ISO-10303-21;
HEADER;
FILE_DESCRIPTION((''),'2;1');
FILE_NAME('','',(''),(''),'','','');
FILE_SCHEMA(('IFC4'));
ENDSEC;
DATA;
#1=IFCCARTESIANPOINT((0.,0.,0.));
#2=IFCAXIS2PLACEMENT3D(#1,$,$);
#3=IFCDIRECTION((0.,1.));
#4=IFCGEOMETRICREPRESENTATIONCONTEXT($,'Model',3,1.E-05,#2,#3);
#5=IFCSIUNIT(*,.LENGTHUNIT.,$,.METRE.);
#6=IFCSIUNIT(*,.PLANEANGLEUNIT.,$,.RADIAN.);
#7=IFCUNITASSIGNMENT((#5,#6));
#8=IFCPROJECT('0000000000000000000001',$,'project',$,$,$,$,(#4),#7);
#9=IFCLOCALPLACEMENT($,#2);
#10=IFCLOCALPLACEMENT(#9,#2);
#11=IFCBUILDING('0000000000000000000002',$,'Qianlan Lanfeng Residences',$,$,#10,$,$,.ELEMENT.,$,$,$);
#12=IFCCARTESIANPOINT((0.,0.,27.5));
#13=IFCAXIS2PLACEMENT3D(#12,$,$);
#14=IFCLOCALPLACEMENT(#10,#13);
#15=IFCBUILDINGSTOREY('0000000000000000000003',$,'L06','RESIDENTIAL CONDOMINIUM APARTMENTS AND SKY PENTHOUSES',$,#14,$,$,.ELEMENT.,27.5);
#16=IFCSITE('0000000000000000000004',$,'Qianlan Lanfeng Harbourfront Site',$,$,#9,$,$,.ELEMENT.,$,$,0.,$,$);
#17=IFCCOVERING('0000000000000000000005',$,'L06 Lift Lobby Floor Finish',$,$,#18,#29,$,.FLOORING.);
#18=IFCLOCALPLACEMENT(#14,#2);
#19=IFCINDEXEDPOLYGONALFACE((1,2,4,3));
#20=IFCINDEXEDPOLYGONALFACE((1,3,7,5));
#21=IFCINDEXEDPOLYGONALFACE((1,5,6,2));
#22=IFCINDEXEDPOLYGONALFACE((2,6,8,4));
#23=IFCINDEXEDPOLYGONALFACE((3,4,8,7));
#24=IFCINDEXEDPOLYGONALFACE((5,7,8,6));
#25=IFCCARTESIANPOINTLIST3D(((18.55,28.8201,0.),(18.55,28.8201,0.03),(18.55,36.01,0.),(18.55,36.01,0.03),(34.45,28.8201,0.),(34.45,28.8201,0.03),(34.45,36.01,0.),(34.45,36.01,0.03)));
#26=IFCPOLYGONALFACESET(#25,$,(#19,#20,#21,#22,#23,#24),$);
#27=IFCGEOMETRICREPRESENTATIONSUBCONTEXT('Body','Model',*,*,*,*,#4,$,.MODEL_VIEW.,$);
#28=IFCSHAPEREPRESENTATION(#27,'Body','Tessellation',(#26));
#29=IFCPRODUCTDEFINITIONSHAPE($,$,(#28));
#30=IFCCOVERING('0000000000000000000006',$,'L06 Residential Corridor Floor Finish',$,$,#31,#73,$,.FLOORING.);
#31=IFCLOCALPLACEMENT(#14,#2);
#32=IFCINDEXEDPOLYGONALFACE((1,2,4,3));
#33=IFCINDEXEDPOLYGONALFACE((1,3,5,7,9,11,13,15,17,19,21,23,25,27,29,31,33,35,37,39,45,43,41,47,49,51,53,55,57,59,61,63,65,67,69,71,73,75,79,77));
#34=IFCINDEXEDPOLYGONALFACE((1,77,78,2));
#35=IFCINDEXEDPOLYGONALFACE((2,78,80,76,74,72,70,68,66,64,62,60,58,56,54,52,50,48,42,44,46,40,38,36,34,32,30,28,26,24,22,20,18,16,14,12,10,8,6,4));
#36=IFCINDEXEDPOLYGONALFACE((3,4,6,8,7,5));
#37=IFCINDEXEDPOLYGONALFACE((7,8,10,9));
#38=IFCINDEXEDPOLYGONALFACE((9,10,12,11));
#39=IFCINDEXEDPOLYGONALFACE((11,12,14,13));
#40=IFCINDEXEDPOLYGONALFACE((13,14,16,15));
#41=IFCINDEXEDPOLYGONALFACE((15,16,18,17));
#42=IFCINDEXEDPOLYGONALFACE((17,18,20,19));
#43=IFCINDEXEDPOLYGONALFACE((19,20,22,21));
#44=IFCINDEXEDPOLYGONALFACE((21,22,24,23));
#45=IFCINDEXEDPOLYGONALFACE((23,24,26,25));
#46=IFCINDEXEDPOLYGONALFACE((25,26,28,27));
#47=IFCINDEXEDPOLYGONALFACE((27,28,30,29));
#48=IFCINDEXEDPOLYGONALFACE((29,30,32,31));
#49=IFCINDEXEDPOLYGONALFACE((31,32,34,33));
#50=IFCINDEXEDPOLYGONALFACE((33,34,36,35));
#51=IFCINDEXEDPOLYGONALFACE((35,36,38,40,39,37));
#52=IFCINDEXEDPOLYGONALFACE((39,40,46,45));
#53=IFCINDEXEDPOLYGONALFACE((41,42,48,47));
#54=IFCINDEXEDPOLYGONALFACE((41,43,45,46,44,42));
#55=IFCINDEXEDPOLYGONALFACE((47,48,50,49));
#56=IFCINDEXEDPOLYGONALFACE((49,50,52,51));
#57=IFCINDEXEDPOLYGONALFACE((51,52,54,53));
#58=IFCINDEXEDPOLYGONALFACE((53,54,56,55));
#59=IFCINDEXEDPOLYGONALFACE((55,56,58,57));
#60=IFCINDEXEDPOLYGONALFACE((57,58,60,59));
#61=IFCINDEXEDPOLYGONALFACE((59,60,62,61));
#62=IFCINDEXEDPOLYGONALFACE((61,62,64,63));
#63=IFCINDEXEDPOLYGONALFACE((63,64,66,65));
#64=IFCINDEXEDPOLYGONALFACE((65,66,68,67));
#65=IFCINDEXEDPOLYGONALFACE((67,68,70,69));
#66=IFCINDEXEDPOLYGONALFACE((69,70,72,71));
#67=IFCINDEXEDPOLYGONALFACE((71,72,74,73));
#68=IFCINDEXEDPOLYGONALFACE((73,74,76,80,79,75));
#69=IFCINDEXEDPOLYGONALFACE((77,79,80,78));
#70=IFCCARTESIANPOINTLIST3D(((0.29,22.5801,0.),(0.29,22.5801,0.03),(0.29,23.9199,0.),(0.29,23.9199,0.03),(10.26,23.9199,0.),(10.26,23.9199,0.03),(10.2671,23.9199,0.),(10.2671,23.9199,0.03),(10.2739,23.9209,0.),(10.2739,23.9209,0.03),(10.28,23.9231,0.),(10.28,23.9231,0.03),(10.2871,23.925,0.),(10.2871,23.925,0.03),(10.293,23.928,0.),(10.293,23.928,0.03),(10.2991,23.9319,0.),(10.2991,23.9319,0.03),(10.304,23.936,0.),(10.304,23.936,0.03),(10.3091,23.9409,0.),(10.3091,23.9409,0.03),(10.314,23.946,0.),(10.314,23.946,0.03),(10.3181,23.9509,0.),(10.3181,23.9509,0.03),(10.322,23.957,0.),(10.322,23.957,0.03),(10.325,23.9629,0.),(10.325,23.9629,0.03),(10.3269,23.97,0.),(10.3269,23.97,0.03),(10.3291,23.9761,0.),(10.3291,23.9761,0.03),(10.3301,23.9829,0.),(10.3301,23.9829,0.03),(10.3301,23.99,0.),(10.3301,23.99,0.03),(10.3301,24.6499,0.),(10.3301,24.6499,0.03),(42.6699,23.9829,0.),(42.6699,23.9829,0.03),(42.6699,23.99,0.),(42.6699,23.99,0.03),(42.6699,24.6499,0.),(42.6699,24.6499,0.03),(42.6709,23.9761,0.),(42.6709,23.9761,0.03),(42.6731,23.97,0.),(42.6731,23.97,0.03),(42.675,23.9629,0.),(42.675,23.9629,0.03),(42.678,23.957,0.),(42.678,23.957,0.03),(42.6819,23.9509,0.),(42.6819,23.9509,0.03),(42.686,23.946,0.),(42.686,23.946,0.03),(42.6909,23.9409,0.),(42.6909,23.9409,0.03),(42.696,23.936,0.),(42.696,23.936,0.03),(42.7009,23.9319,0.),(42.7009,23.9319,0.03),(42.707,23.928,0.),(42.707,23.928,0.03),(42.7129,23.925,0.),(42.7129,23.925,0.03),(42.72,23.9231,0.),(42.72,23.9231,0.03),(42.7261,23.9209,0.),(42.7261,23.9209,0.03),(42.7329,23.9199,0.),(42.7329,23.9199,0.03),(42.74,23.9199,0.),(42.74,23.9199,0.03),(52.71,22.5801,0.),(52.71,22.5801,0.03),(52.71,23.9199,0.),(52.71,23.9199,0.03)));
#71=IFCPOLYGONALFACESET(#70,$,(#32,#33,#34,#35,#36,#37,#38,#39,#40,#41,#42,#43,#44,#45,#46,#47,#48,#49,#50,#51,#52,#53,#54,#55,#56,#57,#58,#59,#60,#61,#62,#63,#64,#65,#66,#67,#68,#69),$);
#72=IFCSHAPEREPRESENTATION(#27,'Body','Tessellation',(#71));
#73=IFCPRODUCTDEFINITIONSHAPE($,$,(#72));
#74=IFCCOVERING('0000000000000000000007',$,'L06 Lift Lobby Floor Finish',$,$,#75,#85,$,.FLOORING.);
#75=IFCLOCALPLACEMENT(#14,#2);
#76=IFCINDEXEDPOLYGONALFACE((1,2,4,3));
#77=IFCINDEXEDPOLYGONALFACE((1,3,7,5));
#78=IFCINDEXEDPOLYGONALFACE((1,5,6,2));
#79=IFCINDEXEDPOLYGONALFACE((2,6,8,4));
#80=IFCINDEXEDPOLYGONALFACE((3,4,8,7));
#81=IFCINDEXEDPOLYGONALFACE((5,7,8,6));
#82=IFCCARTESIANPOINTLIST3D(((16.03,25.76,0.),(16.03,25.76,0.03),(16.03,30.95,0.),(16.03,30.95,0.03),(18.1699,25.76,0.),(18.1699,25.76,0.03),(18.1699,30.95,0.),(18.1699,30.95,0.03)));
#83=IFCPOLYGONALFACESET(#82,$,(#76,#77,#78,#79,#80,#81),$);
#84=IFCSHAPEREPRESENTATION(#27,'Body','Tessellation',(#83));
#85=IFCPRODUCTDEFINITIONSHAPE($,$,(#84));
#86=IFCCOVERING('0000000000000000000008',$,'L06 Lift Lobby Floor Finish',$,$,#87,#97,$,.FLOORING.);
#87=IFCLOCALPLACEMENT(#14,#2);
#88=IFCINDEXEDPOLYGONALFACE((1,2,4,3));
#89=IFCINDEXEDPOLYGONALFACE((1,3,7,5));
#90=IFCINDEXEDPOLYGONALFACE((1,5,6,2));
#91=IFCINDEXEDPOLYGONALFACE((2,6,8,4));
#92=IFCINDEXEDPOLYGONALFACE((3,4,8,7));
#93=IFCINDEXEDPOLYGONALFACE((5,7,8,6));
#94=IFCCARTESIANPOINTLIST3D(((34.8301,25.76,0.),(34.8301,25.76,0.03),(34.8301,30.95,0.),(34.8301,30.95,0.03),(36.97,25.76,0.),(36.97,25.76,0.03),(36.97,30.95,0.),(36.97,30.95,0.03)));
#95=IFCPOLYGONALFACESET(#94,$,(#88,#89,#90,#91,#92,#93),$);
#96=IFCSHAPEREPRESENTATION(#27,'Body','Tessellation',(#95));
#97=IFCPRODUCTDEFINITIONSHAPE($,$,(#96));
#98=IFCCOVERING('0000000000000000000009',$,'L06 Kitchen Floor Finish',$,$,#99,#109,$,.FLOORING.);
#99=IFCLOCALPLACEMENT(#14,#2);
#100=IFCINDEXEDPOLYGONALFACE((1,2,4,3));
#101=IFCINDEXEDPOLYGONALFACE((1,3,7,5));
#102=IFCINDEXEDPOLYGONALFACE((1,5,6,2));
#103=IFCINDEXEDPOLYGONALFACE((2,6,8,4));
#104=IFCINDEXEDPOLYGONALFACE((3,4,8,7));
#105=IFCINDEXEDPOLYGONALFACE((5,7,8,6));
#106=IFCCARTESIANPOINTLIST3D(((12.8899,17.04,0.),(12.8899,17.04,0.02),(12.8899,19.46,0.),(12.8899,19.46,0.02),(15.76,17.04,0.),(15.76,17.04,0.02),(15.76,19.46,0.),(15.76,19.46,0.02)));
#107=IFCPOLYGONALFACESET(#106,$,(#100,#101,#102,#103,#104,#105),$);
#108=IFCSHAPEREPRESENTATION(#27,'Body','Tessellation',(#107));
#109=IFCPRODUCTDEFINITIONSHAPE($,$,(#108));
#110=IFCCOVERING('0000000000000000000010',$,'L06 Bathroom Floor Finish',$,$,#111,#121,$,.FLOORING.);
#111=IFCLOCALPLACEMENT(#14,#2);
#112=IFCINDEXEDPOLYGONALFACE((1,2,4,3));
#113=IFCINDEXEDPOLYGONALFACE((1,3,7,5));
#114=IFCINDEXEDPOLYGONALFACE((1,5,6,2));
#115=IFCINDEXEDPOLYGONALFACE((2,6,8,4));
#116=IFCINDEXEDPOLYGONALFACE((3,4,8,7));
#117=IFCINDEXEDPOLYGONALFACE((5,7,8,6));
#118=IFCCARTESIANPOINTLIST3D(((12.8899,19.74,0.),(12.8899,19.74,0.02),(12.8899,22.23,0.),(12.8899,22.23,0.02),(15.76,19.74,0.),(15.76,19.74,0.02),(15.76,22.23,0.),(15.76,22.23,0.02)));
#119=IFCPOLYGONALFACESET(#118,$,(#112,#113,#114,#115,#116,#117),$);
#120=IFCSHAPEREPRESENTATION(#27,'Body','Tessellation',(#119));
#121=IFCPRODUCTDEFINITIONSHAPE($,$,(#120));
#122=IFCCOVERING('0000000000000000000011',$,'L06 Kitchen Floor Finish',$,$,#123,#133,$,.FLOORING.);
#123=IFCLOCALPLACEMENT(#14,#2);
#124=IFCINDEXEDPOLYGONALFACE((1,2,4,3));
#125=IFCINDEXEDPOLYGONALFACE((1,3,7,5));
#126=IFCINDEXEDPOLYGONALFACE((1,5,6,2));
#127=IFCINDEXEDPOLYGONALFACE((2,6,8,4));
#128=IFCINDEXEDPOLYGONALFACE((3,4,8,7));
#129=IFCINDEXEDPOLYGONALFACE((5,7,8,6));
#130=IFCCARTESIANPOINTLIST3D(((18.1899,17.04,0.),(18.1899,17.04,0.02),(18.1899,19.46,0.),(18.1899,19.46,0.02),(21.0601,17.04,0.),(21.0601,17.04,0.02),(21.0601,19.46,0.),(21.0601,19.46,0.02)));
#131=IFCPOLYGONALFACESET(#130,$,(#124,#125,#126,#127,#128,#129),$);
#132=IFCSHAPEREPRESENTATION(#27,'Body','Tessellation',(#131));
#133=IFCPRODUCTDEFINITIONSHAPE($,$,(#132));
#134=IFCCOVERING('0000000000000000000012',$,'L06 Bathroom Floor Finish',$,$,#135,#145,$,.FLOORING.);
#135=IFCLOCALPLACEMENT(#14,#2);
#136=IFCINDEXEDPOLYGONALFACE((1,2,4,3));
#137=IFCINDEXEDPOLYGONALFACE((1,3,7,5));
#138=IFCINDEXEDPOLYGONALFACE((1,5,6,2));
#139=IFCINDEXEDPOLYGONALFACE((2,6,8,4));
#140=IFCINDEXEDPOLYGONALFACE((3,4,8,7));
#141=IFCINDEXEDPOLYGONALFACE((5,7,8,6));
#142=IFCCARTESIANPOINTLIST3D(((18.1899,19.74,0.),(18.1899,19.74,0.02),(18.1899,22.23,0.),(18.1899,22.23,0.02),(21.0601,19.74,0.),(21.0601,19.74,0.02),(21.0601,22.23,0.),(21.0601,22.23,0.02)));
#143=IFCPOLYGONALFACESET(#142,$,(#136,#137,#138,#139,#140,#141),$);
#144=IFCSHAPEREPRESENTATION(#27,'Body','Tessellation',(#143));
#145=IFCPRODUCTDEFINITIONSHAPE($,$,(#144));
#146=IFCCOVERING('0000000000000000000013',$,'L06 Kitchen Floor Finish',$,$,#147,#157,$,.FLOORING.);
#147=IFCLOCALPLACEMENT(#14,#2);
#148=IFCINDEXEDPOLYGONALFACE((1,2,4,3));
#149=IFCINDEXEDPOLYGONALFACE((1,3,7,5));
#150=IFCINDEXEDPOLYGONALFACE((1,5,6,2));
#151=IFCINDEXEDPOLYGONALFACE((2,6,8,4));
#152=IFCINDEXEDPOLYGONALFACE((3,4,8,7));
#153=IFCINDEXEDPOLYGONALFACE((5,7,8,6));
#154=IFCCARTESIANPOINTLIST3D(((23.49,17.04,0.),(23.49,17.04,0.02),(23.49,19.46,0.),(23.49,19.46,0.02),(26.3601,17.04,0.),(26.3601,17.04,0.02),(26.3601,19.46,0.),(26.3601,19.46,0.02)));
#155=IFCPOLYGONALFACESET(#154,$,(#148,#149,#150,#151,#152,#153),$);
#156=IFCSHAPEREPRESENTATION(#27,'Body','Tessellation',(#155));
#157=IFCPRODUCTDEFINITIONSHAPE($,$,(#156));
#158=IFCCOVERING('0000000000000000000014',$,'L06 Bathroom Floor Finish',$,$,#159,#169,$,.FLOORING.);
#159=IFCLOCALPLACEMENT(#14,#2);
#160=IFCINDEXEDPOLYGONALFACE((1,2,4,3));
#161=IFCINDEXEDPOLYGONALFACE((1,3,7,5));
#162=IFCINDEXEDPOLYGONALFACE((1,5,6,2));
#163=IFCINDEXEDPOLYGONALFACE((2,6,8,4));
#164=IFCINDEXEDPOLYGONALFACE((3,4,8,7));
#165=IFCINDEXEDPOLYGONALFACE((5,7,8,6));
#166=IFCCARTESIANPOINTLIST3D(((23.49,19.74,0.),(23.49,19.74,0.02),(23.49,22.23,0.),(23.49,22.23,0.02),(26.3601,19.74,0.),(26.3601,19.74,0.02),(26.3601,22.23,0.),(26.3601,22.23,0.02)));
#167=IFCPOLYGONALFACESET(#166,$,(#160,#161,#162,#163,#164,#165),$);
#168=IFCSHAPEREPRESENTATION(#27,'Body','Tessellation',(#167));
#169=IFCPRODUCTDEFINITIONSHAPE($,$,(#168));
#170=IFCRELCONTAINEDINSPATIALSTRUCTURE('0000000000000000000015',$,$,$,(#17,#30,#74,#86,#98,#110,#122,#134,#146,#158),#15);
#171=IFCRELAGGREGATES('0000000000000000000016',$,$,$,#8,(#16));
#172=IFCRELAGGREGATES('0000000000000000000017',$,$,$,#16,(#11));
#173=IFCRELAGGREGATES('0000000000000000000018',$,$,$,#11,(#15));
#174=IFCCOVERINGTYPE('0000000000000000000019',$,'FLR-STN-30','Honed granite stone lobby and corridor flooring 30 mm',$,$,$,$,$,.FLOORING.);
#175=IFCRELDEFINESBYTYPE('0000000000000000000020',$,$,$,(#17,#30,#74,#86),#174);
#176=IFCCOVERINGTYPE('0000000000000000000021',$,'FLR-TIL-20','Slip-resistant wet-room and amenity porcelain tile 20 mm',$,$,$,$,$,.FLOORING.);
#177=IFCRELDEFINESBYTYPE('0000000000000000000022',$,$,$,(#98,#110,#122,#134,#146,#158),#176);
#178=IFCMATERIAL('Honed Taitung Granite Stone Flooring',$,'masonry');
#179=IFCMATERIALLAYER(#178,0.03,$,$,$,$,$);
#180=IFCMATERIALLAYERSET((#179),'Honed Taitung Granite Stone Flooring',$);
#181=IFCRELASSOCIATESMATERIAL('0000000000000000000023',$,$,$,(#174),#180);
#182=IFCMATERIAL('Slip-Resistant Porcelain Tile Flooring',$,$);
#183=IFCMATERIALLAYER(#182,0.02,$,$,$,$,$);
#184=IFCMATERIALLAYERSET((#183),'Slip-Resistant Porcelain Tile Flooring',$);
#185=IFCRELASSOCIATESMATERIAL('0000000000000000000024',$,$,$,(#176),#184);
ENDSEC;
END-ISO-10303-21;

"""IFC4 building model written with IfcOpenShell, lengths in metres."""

from ifc_helpers import new_model, si_unit, direction, frame, origin, place, context, subcontext, project, spatial, polyline, outline, extrude, material, layer, layer_set, type_object, element, save


model = new_model("IFC4")

# Units and contexts
model_context = context("Model", 3, precision=1e-05, world=origin(), true_north=direction((0.0, 1.0)))
body_context = subcontext(model_context, "Body", "Model", "MODEL_VIEW")
ifc_project = project(units=[si_unit("LENGTHUNIT", "METRE"), si_unit("PLANEANGLEUNIT", "RADIAN")], contexts=[model_context])

# Site, building, storey
site_placement = place(None, origin())
site = spatial("IfcSite", under=ifc_project, at=site_placement, Name="Qianlan Lanfeng Harbourfront Site", CompositionType="ELEMENT", RefElevation=0.0)
building_placement = place(site_placement, origin())
building = spatial("IfcBuilding", under=site, at=building_placement, Name="Qianlan Lanfeng Residences", CompositionType="ELEMENT")
storey_placement = place(building_placement, frame((0.0, 0.0, 27.5)))
storey = spatial("IfcBuildingStorey", under=building, at=storey_placement, Name="L06", Description="RESIDENTIAL CONDOMINIUM APARTMENTS AND SKY PENTHOUSES", CompositionType="ELEMENT", Elevation=27.5)

# Coverings
ifc_material_1 = material(Name="Honed Taitung Granite Stone Flooring", Category="masonry")
ifc_layer_1 = layer(ifc_material_1, 0.03)
ifc_layer_set_1 = layer_set([ifc_layer_1], Name="Honed Taitung Granite Stone Flooring")
covering_type_1 = type_object("IfcCoveringType", Name="FLR-STN-30", Description="Honed granite stone lobby and corridor flooring 30 mm", PredefinedType="FLOORING", material=ifc_layer_set_1)
covering_1_placement = place(storey_placement, origin())
element("IfcCovering", 1, at=covering_1_placement, inside=storey, type_object=covering_type_1, Name="L06 Lift Lobby Floor Finish", PredefinedType="FLOORING", context=body_context, shape_type="SweptSolid", body=[
    extrude(outline(polyline([(18.55, 28.8201), (34.45, 28.8201), (34.45, 36.01), (18.55, 36.01), (18.55, 28.8201)])), origin(), (0.0, 0.0, 1.0), 0.03),
])
covering_2_placement = place(storey_placement, origin())
element("IfcCovering", 2, at=covering_2_placement, inside=storey, type_object=covering_type_1, Name="L06 Residential Corridor Floor Finish", PredefinedType="FLOORING", context=body_context, shape_type="SweptSolid", body=[
    extrude(outline(polyline([(0.29, 22.5801), (52.71, 22.5801), (52.71, 23.9199), (42.74, 23.9199), (42.7329, 23.9199), (42.7261, 23.9209), (42.72, 23.9231), (42.7129, 23.925), (42.707, 23.928), (42.7009, 23.9319), (42.696, 23.936), (42.6909, 23.9409), (42.686, 23.946), (42.6819, 23.9509), (42.678, 23.957), (42.675, 23.9629), (42.6731, 23.97), (42.6709, 23.9761), (42.6699, 23.9829), (42.6699, 23.99), (42.6699, 24.6499), (10.3301, 24.6499), (10.3301, 23.99), (10.3301, 23.9829), (10.3291, 23.9761), (10.3269, 23.97), (10.325, 23.9629), (10.322, 23.957), (10.3181, 23.9509), (10.314, 23.946), (10.3091, 23.9409), (10.304, 23.936), (10.2991, 23.9319), (10.293, 23.928), (10.2871, 23.925), (10.28, 23.9231), (10.2739, 23.9209), (10.2671, 23.9199), (10.26, 23.9199), (0.29, 23.9199), (0.29, 22.5801)])), origin(), (0.0, 0.0, 1.0), 0.03),
])
covering_3_placement = place(storey_placement, origin())
element("IfcCovering", 3, at=covering_3_placement, inside=storey, type_object=covering_type_1, Name="L06 Lift Lobby Floor Finish", PredefinedType="FLOORING", context=body_context, shape_type="SweptSolid", body=[
    extrude(outline(polyline([(16.03, 25.76), (18.1699, 25.76), (18.1699, 30.95), (16.03, 30.95), (16.03, 25.76)])), origin(), (0.0, 0.0, 1.0), 0.03),
])
covering_4_placement = place(storey_placement, origin())
element("IfcCovering", 4, at=covering_4_placement, inside=storey, type_object=covering_type_1, Name="L06 Lift Lobby Floor Finish", PredefinedType="FLOORING", context=body_context, shape_type="SweptSolid", body=[
    extrude(outline(polyline([(34.8301, 25.76), (36.97, 25.76), (36.97, 30.95), (34.8301, 30.95), (34.8301, 25.76)])), origin(), (0.0, 0.0, 1.0), 0.03),
])
ifc_material_2 = material(Name="Slip-Resistant Porcelain Tile Flooring")
ifc_layer_2 = layer(ifc_material_2, 0.02)
ifc_layer_set_2 = layer_set([ifc_layer_2], Name="Slip-Resistant Porcelain Tile Flooring")
covering_type_2 = type_object("IfcCoveringType", Name="FLR-TIL-20", Description="Slip-resistant wet-room and amenity porcelain tile 20 mm", PredefinedType="FLOORING", material=ifc_layer_set_2)
covering_5_placement = place(storey_placement, origin())
element("IfcCovering", 5, at=covering_5_placement, inside=storey, type_object=covering_type_2, Name="L06 Kitchen Floor Finish", PredefinedType="FLOORING", context=body_context, shape_type="SweptSolid", body=[
    extrude(outline(polyline([(12.8899, 17.04), (15.76, 17.04), (15.76, 19.46), (12.8899, 19.46), (12.8899, 17.04)])), origin(), (0.0, 0.0, 1.0), 0.02),
])
covering_6_placement = place(storey_placement, origin())
element("IfcCovering", 6, at=covering_6_placement, inside=storey, type_object=covering_type_2, Name="L06 Bathroom Floor Finish", PredefinedType="FLOORING", context=body_context, shape_type="SweptSolid", body=[
    extrude(outline(polyline([(12.8899, 19.74), (15.76, 19.74), (15.76, 22.23), (12.8899, 22.23), (12.8899, 19.74)])), origin(), (0.0, 0.0, 1.0), 0.02),
])
covering_7_placement = place(storey_placement, origin())
element("IfcCovering", 7, at=covering_7_placement, inside=storey, type_object=covering_type_2, Name="L06 Kitchen Floor Finish", PredefinedType="FLOORING", context=body_context, shape_type="SweptSolid", body=[
    extrude(outline(polyline([(18.1899, 17.04), (21.0601, 17.04), (21.0601, 19.46), (18.1899, 19.46), (18.1899, 17.04)])), origin(), (0.0, 0.0, 1.0), 0.02),
])
covering_8_placement = place(storey_placement, origin())
element("IfcCovering", 8, at=covering_8_placement, inside=storey, type_object=covering_type_2, Name="L06 Bathroom Floor Finish", PredefinedType="FLOORING", context=body_context, shape_type="SweptSolid", body=[
    extrude(outline(polyline([(18.1899, 19.74), (21.0601, 19.74), (21.0601, 22.23), (18.1899, 22.23), (18.1899, 19.74)])), origin(), (0.0, 0.0, 1.0), 0.02),
])
covering_9_placement = place(storey_placement, origin())
element("IfcCovering", 9, at=covering_9_placement, inside=storey, type_object=covering_type_2, Name="L06 Kitchen Floor Finish", PredefinedType="FLOORING", context=body_context, shape_type="SweptSolid", body=[
    extrude(outline(polyline([(23.49, 17.04), (26.3601, 17.04), (26.3601, 19.46), (23.49, 19.46), (23.49, 17.04)])), origin(), (0.0, 0.0, 1.0), 0.02),
])
covering_10_placement = place(storey_placement, origin())
element("IfcCovering", 10, at=covering_10_placement, inside=storey, type_object=covering_type_2, Name="L06 Bathroom Floor Finish", PredefinedType="FLOORING", context=body_context, shape_type="SweptSolid", body=[
    extrude(outline(polyline([(23.49, 19.74), (26.3601, 19.74), (26.3601, 22.23), (23.49, 22.23), (23.49, 19.74)])), origin(), (0.0, 0.0, 1.0), 0.02),
])

save(model, "model.ifc")
